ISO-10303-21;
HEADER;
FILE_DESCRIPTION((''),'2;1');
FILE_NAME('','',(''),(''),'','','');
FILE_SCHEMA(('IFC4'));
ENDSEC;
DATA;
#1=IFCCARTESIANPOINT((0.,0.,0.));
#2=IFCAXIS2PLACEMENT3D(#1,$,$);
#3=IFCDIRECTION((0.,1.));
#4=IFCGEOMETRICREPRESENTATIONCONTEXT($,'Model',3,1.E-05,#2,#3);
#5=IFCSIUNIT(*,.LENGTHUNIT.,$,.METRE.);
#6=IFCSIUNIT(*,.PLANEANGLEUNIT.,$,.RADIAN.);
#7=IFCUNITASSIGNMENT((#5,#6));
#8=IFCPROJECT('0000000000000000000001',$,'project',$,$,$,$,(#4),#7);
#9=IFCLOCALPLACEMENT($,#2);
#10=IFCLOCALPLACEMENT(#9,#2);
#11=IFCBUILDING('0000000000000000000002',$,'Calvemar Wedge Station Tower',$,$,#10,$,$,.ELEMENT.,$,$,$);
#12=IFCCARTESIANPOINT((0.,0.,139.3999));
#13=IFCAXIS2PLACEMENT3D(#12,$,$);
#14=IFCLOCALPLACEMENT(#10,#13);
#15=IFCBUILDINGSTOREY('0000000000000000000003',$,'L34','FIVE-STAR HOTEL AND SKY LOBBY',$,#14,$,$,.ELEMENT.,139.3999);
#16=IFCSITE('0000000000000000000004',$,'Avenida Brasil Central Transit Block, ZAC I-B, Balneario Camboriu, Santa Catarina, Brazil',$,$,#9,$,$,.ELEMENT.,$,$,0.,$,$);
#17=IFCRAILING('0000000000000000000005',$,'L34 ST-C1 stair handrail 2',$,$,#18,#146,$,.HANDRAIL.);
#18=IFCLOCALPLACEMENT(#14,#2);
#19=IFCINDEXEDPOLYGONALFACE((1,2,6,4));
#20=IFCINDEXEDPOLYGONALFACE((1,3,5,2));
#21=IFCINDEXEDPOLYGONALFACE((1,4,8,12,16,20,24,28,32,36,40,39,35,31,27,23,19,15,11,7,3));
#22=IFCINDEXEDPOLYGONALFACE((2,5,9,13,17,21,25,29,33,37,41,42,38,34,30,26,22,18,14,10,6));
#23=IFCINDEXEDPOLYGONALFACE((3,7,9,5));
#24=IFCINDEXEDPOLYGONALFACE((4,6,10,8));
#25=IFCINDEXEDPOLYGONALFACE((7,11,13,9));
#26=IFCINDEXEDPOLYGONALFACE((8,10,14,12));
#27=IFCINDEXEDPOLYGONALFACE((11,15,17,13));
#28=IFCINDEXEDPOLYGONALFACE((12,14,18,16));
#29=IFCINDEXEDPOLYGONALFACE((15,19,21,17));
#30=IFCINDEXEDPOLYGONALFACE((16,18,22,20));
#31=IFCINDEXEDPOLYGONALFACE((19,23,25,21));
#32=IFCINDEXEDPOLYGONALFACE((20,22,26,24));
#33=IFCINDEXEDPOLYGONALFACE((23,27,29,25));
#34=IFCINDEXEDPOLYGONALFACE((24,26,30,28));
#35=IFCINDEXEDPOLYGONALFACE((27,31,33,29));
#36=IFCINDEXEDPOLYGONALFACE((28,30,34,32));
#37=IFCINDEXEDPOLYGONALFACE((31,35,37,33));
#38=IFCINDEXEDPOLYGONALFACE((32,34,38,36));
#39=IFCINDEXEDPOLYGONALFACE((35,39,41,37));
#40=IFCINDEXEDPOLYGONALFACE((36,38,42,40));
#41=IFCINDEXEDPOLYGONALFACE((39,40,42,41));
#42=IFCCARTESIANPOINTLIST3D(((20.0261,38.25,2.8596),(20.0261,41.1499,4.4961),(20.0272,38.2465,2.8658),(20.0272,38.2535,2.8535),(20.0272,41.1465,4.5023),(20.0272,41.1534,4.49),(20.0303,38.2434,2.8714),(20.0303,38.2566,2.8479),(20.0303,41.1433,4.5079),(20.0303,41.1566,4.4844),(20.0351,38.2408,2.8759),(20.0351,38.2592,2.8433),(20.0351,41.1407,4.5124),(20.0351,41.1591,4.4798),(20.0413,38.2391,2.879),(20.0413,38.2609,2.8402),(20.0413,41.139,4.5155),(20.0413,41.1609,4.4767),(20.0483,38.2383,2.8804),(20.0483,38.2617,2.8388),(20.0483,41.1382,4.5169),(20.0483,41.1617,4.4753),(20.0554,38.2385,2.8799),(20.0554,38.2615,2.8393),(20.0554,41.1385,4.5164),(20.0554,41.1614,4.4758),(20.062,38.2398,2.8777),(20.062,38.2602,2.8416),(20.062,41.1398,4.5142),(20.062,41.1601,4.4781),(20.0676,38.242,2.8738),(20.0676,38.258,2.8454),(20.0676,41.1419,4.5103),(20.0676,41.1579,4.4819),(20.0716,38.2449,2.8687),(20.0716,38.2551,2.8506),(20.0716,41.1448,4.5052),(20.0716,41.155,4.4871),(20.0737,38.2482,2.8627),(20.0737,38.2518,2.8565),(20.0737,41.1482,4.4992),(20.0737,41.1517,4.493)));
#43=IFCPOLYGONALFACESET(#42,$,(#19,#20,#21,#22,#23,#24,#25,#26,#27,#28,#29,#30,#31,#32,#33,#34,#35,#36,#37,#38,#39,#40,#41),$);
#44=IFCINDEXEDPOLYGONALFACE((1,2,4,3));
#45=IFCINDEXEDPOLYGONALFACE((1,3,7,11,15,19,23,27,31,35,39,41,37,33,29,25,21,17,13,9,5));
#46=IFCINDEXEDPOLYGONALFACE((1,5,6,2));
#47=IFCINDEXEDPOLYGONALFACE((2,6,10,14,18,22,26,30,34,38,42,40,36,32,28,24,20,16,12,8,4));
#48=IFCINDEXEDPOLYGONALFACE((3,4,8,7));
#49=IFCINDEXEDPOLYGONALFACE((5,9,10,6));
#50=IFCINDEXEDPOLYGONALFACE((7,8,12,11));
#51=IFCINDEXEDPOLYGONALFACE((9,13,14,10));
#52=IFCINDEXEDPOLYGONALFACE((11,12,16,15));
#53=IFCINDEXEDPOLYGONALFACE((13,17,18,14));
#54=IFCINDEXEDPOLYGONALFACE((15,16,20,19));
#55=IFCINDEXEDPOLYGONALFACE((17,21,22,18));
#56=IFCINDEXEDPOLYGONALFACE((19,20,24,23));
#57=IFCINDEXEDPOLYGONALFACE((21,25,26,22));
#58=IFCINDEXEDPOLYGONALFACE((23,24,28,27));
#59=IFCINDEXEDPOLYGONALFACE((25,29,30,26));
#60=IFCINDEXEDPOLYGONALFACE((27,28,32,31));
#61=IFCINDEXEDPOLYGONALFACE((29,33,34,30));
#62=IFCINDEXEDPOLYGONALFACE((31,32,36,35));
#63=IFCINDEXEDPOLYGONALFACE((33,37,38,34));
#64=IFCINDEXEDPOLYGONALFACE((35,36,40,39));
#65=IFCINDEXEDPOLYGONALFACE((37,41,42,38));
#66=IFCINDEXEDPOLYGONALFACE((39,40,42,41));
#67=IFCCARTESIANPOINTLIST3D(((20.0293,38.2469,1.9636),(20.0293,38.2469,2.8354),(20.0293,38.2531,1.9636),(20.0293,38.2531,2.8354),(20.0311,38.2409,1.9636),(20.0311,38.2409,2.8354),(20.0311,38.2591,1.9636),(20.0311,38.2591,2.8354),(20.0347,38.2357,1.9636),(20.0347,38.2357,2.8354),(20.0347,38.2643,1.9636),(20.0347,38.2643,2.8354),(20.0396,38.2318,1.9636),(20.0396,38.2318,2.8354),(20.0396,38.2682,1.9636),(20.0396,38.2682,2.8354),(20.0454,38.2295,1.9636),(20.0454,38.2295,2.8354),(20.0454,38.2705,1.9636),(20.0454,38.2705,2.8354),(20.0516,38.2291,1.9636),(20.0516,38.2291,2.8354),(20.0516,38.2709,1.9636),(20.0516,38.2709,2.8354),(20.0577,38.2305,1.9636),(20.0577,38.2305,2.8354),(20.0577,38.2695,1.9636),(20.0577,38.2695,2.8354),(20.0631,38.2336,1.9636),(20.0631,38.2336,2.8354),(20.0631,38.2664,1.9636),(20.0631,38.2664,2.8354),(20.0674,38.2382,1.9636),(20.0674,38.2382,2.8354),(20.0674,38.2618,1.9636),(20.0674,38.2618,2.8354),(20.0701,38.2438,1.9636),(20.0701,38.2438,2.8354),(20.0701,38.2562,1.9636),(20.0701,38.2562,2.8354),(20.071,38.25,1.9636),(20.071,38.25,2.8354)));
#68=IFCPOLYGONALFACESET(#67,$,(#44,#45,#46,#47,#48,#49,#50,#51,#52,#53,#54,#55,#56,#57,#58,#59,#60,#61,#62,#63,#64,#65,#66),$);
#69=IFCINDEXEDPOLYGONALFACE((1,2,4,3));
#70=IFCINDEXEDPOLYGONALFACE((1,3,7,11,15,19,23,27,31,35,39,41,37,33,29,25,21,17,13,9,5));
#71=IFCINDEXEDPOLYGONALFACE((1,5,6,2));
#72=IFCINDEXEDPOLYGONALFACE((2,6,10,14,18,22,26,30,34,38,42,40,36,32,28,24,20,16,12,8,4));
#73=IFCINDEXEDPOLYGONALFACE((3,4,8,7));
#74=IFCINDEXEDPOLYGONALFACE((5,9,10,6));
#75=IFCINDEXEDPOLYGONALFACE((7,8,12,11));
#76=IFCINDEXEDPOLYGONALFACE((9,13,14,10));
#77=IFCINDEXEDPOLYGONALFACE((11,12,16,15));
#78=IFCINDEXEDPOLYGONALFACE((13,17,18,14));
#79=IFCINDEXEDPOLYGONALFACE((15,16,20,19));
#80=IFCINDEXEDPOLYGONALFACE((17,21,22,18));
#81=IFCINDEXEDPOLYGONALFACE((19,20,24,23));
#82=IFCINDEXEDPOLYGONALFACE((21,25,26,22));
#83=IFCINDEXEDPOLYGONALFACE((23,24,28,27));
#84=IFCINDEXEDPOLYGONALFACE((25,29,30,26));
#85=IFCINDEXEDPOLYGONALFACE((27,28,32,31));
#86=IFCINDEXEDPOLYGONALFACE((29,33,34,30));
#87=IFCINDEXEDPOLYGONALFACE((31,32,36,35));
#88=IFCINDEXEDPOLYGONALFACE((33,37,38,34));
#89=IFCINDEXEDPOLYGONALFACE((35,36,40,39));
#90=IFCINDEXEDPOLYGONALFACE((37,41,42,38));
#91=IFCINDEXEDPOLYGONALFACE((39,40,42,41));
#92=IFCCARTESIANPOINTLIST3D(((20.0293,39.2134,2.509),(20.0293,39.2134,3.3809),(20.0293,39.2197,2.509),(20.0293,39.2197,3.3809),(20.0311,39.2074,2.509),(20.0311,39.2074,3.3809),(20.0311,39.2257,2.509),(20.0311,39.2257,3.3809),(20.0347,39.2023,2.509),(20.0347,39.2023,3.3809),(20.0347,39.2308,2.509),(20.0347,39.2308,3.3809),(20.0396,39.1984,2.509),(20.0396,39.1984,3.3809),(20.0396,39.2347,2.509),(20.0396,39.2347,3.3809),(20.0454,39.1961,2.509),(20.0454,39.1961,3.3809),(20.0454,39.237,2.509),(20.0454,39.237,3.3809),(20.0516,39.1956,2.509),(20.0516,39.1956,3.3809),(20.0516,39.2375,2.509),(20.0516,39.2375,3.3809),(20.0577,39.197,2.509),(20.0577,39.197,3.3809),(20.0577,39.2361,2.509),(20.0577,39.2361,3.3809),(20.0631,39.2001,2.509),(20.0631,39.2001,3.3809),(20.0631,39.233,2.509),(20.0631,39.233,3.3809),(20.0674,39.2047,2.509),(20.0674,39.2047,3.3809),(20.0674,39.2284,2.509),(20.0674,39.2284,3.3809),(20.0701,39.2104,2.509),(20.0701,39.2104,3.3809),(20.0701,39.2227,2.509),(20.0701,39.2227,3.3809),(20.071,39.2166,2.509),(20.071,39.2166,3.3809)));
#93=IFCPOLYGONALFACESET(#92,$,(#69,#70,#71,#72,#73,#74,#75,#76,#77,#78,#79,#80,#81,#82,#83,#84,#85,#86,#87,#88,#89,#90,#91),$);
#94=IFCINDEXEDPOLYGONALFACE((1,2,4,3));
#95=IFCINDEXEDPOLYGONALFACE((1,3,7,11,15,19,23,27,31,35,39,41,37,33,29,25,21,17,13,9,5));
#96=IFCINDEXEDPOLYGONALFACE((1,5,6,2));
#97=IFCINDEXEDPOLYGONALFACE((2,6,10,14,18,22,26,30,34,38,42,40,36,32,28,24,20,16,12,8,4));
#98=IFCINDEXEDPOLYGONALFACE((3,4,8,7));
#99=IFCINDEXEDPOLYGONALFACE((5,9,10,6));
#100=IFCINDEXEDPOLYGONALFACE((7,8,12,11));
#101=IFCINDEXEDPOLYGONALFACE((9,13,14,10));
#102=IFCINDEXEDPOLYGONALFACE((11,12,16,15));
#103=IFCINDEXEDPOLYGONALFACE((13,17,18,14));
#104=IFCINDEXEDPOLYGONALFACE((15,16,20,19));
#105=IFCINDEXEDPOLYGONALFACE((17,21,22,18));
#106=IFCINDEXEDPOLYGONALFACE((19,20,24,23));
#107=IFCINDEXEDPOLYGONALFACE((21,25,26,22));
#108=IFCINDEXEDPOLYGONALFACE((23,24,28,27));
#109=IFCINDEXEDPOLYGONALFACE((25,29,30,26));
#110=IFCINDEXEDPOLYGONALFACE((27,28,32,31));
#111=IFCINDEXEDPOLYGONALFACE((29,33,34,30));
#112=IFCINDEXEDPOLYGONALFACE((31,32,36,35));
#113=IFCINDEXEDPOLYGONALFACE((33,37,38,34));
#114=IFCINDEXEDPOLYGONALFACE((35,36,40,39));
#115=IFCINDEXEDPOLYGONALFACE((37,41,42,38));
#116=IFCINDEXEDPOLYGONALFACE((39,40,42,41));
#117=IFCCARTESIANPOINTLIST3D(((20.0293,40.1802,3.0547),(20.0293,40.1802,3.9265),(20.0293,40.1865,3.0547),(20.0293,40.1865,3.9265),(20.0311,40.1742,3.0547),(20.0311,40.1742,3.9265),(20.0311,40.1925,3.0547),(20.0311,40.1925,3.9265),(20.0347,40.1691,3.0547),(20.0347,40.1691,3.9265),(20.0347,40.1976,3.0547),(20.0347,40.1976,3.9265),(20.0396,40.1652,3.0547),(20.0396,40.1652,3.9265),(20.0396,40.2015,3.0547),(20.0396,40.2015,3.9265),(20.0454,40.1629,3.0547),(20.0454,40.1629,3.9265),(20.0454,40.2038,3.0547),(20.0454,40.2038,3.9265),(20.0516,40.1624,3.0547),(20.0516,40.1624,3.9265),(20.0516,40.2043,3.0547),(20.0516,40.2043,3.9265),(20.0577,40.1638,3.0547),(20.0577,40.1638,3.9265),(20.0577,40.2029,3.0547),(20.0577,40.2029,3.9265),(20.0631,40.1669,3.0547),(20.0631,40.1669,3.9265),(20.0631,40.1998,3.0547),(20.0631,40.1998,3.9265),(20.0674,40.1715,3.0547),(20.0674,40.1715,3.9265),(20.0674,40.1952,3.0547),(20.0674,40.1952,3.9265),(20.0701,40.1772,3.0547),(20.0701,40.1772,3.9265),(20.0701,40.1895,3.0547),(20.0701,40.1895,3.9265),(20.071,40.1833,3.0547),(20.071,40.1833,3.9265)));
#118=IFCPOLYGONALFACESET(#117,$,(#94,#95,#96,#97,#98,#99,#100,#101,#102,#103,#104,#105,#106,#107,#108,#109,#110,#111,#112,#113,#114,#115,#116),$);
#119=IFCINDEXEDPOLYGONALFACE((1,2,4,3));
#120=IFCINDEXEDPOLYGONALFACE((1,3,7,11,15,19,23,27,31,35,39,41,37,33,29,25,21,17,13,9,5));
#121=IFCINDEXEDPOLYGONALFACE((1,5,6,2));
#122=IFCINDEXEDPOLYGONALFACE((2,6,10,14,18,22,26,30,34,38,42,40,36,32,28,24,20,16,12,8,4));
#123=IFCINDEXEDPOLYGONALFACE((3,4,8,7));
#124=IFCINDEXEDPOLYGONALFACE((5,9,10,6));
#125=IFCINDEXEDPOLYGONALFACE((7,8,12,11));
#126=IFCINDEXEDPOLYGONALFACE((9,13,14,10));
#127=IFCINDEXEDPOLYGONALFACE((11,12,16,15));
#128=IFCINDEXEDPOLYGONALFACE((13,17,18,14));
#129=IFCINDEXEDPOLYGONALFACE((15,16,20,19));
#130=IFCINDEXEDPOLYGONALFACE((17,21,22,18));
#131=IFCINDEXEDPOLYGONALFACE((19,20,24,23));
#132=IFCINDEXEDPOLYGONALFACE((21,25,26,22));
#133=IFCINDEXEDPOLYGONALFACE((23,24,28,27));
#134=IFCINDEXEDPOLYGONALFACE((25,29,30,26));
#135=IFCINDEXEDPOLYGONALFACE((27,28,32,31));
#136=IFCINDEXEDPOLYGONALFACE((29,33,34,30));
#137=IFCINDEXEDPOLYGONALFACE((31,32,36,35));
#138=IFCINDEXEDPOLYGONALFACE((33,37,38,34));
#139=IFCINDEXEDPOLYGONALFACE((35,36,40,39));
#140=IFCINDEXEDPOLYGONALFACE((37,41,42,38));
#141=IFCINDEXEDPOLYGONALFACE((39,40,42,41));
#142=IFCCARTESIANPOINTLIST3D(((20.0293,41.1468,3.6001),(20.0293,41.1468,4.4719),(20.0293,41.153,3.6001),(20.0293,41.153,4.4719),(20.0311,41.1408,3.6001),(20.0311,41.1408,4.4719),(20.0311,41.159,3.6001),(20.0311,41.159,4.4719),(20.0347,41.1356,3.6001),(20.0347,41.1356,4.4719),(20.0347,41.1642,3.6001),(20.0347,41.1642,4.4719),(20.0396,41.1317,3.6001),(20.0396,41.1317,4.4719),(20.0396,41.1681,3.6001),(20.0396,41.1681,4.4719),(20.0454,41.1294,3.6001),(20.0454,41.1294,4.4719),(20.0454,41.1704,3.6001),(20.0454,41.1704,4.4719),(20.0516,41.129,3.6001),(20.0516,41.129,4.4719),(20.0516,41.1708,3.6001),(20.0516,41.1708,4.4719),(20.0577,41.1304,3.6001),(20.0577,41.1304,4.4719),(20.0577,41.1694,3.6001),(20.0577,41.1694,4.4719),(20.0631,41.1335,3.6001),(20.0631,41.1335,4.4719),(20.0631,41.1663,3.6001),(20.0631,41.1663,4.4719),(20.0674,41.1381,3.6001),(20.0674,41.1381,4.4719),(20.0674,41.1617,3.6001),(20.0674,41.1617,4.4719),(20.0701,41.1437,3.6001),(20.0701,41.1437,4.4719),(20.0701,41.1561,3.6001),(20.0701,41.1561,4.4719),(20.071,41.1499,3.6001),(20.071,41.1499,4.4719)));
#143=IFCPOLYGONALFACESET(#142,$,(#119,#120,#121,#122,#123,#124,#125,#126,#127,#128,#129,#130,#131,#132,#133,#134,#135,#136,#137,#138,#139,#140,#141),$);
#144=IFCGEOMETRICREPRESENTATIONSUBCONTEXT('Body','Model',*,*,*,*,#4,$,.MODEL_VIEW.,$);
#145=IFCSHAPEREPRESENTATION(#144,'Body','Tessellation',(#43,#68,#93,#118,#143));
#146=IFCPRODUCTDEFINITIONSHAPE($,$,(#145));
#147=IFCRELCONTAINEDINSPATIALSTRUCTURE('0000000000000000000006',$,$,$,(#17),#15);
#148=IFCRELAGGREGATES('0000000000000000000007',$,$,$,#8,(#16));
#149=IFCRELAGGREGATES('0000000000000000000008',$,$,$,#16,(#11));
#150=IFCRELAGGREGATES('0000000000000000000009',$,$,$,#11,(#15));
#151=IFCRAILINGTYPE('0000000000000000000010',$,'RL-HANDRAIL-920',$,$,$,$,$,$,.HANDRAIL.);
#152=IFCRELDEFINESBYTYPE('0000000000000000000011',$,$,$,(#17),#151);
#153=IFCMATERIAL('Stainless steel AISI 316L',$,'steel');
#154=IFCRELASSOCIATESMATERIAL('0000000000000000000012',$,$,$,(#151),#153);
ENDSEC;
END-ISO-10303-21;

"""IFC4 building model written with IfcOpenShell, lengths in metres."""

from ifc_helpers import new_model, si_unit, direction, frame, origin, origin_2d, place, context, subcontext, project, spatial, circle, extrude, material, type_object, element, save


model = new_model("IFC4")

# Units and contexts
model_context = context("Model", 3, precision=1e-05, world=origin(), true_north=direction((0.0, 1.0)))
body_context = subcontext(model_context, "Body", "Model", "MODEL_VIEW")
ifc_project = project(units=[si_unit("LENGTHUNIT", "METRE"), si_unit("PLANEANGLEUNIT", "RADIAN")], contexts=[model_context])

# Site, building, storey
site_placement = place(None, origin())
site = spatial("IfcSite", under=ifc_project, at=site_placement, Name="Avenida Brasil Central Transit Block, ZAC I-B, Balneario Camboriu, Santa Catarina, Brazil", CompositionType="ELEMENT", RefElevation=0.0)
building_placement = place(site_placement, origin())
building = spatial("IfcBuilding", under=site, at=building_placement, Name="Calvemar Wedge Station Tower", CompositionType="ELEMENT")
storey_placement = place(building_placement, frame((0.0, 0.0, 139.3999)))
storey = spatial("IfcBuildingStorey", under=building, at=storey_placement, Name="L34", Description="FIVE-STAR HOTEL AND SKY LOBBY", CompositionType="ELEMENT", Elevation=139.3999)

# Railing
ifc_material_1 = material(Name="Stainless steel AISI 316L", Category="steel")
railing_type_1 = type_object("IfcRailingType", Name="RL-HANDRAIL-920", PredefinedType="HANDRAIL", material=ifc_material_1)
railing_1_placement = place(storey_placement, frame((20.05, 38.25, 1.9636)))
element("IfcRailing", 1, at=railing_1_placement, inside=storey, type_object=railing_type_1, Name="L34 ST-C1 stair handrail 2", PredefinedType="HANDRAIL", context=body_context, shape_type="SweptSolid", body=[
    extrude(circle(Radius=0.0239, at=origin_2d()), frame((0.0, 0.0, 0.896), z_axis=(0.0, 0.870897, 0.491465), x_axis=(-1.0, 0.0, 0.0)), (0.0, 0.0, 1.0), 3.3298),
    extrude(circle(Radius=0.021, at=origin_2d()), origin(), (0.0, 0.0, 1.0), 0.8718),
    extrude(circle(Radius=0.021, at=origin_2d()), frame((0.0, 0.9666, 0.5454)), (0.0, 0.0, 1.0), 0.8718),
    extrude(circle(Radius=0.021, at=origin_2d()), frame((0.0, 1.9333, 1.0911)), (0.0, 0.0, 1.0), 0.8718),
    extrude(circle(Radius=0.021, at=origin_2d()), frame((0.0, 2.8999, 1.6365)), (0.0, 0.0, 1.0), 0.8718),
])

save(model, "model.ifc")
